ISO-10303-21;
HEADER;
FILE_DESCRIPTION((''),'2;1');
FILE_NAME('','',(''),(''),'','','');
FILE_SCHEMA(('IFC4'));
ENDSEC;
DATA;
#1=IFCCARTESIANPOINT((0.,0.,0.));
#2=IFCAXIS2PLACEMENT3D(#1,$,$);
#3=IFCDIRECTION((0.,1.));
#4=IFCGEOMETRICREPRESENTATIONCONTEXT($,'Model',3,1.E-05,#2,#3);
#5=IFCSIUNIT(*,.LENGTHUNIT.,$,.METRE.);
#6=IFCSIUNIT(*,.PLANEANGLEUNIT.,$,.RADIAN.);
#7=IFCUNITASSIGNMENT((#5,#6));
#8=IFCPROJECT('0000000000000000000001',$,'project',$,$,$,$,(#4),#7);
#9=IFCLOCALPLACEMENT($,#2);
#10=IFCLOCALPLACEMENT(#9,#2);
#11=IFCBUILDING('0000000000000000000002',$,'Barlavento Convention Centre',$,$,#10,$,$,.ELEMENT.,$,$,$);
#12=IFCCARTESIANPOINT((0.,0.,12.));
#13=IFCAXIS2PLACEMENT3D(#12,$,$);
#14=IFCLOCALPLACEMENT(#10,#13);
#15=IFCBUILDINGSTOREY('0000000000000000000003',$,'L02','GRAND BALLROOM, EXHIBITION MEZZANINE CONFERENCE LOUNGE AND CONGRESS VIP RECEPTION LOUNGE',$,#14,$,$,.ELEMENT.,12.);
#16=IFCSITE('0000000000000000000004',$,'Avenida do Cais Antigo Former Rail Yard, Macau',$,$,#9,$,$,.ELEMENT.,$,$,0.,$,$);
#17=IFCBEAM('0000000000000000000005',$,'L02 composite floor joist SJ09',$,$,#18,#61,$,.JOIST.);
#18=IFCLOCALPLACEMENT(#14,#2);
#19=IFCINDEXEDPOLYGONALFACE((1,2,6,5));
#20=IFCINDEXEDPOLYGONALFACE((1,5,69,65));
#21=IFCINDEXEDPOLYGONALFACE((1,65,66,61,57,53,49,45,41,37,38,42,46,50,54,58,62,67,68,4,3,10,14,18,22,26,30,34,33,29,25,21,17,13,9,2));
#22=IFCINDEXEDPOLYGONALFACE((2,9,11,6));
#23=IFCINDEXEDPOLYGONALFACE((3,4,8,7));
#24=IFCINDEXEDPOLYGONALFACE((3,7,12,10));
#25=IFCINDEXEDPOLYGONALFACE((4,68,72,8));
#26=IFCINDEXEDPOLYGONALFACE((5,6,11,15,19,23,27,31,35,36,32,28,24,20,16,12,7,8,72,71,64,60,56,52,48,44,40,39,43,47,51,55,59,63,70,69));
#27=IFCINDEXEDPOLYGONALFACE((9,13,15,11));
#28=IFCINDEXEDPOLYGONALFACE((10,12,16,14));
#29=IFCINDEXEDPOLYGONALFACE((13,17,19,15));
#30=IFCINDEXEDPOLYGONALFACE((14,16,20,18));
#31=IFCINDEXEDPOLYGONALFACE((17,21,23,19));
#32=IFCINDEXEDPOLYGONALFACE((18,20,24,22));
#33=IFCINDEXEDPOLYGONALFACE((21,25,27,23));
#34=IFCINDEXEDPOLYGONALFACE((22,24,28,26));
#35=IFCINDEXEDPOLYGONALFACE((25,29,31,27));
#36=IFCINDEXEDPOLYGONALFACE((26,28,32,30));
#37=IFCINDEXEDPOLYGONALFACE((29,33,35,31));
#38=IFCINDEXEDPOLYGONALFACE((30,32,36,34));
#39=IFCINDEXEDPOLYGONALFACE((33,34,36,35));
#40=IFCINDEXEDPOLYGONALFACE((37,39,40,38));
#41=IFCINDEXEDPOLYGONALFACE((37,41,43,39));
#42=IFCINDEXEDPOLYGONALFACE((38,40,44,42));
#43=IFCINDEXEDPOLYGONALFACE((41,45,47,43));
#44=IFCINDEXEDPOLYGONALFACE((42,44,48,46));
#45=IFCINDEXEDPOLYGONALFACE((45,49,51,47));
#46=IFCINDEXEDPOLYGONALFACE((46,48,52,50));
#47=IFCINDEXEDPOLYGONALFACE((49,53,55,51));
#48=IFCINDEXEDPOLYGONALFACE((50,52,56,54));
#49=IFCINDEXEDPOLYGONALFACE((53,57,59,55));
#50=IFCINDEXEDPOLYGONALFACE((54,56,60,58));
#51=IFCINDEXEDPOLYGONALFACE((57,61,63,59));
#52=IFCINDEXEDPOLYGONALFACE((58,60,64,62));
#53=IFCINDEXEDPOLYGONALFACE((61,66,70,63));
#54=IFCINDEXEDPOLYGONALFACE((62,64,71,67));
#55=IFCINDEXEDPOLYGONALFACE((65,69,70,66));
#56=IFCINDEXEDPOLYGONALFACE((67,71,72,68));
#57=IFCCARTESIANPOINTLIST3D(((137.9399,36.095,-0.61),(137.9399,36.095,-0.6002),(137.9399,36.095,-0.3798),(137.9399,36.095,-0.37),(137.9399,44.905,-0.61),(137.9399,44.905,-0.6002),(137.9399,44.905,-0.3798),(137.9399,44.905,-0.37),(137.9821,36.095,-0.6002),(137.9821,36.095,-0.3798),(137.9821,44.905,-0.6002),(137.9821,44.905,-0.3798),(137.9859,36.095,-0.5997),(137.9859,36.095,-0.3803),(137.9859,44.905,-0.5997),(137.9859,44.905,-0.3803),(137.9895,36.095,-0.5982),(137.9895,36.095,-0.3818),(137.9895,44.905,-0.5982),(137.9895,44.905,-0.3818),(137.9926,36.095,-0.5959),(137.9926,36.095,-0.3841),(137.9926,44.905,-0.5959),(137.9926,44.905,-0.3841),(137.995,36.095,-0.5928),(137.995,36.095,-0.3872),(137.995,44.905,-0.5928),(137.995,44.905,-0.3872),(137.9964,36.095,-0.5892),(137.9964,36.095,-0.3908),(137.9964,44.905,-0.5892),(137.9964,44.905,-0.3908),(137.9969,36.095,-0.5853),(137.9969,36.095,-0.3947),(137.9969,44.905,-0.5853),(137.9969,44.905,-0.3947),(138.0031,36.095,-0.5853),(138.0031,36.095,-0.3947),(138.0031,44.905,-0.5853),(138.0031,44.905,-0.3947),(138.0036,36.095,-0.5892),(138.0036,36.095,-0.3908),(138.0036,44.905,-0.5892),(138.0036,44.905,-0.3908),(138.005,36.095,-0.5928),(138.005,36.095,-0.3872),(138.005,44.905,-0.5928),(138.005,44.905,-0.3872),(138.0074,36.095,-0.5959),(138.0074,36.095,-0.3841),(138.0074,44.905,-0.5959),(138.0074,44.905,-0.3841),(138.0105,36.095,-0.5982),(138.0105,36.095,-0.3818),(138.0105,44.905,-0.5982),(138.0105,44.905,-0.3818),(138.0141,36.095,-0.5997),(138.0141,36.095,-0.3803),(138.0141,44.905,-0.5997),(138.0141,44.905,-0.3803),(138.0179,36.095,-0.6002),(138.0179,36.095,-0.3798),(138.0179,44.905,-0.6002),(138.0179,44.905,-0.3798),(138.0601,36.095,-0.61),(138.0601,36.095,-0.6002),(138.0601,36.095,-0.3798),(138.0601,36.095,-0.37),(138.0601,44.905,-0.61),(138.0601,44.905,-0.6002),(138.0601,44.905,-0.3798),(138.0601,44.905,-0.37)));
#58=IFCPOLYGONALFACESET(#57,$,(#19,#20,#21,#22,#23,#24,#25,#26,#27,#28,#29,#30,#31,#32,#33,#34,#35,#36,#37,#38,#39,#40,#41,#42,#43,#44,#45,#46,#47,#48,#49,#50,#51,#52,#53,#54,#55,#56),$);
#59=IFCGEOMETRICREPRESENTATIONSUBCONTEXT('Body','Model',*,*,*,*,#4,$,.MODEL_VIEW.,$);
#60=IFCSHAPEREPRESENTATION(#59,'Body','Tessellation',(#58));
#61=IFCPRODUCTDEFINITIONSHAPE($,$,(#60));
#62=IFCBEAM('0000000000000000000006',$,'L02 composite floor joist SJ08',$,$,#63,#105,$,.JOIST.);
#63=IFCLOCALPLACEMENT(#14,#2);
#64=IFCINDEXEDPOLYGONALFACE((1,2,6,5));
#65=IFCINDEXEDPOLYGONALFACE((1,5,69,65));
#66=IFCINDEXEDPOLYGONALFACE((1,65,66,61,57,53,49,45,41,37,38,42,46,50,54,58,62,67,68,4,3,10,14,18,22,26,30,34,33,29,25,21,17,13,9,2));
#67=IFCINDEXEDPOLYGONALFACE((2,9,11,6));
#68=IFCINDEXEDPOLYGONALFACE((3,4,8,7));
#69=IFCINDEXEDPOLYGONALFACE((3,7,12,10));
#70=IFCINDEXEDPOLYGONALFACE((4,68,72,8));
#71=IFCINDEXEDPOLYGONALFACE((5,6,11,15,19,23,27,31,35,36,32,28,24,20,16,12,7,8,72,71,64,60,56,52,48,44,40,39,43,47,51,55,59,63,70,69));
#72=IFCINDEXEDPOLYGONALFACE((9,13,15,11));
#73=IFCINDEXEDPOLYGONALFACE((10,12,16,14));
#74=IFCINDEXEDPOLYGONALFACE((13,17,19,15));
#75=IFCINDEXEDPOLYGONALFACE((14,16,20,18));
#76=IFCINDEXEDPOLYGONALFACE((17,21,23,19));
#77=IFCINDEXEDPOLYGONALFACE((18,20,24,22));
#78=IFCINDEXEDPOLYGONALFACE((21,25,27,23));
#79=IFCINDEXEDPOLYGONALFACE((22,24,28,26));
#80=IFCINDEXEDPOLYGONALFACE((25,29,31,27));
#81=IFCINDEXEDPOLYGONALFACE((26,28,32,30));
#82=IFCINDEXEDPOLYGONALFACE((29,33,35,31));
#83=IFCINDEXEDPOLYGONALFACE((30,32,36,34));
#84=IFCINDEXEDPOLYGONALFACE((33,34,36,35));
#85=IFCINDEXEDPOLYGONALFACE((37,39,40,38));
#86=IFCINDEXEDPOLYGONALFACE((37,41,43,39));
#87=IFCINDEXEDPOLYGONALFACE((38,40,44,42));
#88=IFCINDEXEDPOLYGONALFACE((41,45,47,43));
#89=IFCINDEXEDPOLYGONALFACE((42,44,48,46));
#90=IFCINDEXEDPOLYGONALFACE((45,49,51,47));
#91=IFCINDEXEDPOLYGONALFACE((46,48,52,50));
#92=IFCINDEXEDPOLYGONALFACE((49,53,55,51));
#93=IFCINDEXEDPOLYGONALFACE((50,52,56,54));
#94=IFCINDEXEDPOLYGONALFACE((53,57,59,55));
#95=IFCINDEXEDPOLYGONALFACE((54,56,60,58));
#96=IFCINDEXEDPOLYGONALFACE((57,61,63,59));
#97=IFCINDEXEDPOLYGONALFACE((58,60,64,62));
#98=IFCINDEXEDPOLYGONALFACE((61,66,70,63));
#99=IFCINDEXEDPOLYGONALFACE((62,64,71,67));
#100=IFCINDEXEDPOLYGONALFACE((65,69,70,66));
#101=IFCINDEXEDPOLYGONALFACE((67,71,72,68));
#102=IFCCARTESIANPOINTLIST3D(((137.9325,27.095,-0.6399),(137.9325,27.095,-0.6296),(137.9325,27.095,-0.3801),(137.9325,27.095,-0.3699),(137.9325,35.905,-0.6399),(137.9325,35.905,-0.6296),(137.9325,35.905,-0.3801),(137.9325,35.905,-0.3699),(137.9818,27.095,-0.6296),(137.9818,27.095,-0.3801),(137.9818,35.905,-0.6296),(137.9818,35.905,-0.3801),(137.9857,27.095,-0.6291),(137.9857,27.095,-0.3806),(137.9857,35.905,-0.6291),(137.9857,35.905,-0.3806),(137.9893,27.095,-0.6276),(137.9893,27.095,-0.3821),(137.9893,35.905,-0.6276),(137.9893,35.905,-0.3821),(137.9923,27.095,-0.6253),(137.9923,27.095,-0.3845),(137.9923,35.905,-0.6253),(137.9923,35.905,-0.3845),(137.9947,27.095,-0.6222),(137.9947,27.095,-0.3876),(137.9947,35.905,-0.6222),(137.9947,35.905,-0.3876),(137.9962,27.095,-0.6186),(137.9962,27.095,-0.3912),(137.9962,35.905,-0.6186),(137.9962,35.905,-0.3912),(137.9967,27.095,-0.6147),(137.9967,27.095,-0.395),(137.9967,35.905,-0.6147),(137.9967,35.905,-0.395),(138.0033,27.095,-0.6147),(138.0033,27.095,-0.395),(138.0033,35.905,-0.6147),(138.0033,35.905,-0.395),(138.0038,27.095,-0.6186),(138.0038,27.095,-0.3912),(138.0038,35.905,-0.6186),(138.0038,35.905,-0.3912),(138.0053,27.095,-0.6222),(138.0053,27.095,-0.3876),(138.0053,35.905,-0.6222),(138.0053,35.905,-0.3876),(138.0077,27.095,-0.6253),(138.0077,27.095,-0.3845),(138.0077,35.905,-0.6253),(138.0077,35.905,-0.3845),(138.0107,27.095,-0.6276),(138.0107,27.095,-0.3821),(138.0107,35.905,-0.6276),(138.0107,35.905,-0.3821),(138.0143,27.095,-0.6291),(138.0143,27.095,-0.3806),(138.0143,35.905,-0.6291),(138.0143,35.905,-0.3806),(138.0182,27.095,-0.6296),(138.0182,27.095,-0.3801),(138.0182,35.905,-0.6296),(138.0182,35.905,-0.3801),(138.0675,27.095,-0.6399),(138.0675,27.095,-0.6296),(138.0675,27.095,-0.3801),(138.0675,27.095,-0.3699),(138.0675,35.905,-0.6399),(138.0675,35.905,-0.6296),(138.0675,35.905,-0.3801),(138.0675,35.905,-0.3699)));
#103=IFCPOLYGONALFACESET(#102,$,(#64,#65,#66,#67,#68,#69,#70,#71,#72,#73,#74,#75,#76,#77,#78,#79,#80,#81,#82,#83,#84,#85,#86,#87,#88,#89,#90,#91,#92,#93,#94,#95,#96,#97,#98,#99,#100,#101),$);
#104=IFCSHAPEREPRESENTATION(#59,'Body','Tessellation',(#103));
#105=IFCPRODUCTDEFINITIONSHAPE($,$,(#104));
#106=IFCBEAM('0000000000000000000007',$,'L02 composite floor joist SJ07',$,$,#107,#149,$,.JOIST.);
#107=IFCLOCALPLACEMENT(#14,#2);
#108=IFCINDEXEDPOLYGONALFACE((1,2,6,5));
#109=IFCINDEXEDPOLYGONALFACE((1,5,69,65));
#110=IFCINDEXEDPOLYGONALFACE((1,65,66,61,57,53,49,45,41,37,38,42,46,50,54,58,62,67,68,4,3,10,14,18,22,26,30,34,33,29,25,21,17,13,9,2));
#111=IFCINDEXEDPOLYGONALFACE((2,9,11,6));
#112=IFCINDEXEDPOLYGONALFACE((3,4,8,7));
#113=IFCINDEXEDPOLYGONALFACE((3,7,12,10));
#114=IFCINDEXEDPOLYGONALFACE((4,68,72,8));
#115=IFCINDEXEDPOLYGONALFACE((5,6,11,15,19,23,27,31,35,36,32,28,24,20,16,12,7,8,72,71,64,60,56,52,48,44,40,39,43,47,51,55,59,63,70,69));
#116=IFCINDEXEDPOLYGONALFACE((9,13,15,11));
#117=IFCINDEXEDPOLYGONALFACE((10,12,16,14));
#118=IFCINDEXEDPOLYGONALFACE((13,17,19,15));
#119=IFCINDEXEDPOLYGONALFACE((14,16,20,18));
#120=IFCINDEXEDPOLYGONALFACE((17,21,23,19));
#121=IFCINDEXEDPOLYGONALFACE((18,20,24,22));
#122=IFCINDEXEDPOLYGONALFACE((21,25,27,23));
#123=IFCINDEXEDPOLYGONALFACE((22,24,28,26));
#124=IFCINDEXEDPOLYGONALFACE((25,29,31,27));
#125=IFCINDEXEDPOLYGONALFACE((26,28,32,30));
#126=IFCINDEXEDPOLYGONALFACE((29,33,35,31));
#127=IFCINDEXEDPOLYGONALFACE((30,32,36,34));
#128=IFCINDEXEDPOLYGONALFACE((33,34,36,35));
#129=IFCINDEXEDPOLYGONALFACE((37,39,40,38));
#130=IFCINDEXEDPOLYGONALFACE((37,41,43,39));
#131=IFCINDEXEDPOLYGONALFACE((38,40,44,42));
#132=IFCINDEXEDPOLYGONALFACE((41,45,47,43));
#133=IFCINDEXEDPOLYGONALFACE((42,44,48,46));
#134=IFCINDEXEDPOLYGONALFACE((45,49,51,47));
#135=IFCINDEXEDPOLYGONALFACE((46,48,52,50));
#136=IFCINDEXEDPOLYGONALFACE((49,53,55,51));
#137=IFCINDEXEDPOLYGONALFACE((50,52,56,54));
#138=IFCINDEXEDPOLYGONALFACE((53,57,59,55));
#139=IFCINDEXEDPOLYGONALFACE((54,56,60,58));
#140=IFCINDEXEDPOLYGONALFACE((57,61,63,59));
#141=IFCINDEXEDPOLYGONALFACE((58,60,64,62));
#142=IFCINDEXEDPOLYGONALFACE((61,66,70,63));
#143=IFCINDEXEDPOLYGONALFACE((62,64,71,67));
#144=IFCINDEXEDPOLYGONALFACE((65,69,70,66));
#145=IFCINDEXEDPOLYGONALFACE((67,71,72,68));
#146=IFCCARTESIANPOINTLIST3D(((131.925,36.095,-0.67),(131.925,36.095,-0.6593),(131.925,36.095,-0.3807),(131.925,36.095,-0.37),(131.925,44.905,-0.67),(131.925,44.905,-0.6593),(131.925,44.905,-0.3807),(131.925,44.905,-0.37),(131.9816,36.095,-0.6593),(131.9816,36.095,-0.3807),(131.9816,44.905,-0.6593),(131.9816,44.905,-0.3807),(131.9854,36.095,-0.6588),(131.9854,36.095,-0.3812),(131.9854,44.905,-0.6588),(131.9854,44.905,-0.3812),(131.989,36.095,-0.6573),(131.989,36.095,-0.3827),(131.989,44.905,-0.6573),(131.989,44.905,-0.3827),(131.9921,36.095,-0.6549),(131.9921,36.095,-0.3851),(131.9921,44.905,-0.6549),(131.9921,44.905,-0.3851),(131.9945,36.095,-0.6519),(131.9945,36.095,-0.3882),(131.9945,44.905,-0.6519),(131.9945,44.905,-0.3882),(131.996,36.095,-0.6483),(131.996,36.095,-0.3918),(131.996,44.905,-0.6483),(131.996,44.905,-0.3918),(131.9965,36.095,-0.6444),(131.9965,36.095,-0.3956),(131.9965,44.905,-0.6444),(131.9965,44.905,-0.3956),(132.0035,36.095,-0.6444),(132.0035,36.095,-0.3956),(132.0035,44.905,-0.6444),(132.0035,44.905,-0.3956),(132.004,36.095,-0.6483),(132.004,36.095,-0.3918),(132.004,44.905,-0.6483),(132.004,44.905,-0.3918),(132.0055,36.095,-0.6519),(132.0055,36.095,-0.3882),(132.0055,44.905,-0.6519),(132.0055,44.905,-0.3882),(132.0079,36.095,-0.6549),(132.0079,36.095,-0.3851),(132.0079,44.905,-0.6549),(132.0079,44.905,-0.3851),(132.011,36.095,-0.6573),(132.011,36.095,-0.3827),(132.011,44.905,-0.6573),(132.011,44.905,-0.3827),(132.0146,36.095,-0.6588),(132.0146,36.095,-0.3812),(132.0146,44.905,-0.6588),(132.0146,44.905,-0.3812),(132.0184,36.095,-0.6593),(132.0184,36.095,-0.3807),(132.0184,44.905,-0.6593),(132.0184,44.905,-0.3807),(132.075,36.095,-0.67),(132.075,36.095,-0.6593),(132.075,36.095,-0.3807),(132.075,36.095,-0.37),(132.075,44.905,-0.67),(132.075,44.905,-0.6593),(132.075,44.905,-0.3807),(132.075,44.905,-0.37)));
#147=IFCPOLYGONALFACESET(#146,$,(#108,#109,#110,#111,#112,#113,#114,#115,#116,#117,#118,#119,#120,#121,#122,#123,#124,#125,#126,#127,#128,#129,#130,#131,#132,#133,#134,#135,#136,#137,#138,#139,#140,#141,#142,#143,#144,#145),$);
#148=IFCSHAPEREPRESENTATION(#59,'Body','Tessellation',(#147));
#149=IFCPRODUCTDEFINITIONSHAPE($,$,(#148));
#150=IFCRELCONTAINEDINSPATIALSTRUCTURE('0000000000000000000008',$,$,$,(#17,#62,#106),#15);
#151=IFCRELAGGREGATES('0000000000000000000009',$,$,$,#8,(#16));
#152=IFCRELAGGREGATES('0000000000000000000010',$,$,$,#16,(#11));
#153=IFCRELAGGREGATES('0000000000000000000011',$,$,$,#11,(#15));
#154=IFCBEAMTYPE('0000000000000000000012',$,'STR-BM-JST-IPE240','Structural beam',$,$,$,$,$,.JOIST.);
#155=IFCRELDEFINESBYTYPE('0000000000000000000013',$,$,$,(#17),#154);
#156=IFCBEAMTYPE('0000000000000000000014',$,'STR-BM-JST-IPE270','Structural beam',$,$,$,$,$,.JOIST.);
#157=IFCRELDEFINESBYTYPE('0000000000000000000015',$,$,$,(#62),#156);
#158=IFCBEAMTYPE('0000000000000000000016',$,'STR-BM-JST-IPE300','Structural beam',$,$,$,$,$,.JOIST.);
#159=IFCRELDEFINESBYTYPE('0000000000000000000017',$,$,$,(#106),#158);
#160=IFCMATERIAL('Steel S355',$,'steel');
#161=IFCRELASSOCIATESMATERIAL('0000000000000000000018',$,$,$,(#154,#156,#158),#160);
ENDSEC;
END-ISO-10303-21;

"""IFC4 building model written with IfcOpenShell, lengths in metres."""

from ifc_helpers import new_model, si_unit, direction, frame, origin, origin_2d, place, context, subcontext, project, spatial, i_section, extrude, material, material_profile, profile_set, type_object, element, save


model = new_model("IFC4")

# Units and contexts
model_context = context("Model", 3, precision=1e-05, world=origin(), true_north=direction((0.0, 1.0)))
body_context = subcontext(model_context, "Body", "Model", "MODEL_VIEW")
ifc_project = project(units=[si_unit("LENGTHUNIT", "METRE"), si_unit("PLANEANGLEUNIT", "RADIAN")], contexts=[model_context])

# Site, building, storey
site_placement = place(None, origin())
site = spatial("IfcSite", under=ifc_project, at=site_placement, Name="Avenida do Cais Antigo Former Rail Yard, Macau", CompositionType="ELEMENT", RefElevation=0.0)
building_placement = place(site_placement, origin())
building = spatial("IfcBuilding", under=site, at=building_placement, Name="Barlavento Convention Centre", CompositionType="ELEMENT")
storey_placement = place(building_placement, frame((0.0, 0.0, 12.0)))
storey = spatial("IfcBuildingStorey", under=building, at=storey_placement, Name="L02", Description="GRAND BALLROOM, EXHIBITION MEZZANINE CONFERENCE LOUNGE AND CONGRESS VIP RECEPTION LOUNGE", CompositionType="ELEMENT", Elevation=12.0)

# Shared definitions
ifc_material_1 = material(Name="Steel S355", Category="steel")

# Beams
ifc_material_profile_1 = material_profile(ifc_material_1, i_section(OverallWidth=0.1201, OverallDepth=0.24, WebThickness=0.0061, FlangeThickness=0.0098, FilletRadius=0.0149, at=origin_2d()), Name="IPE 240")
ifc_profile_set_1 = profile_set([ifc_material_profile_1], Name="Steel S355")
beam_type_1 = type_object("IfcBeamType", Name="STR-BM-JST-IPE240", Description="Structural beam", PredefinedType="JOIST", material=ifc_profile_set_1)
for number, where, z_axis, x_axis, name in (
    (1, (138.0, 36.095, -0.49), (0.0, 1.0, 0.0), (-1.0, 0.0, 0.0), "L02 composite floor joist SJ09"),
):
    element("IfcBeam", number, at=place(storey_placement, frame(where, z_axis=z_axis, x_axis=x_axis)), inside=storey, type_object=beam_type_1, Name=name, PredefinedType="JOIST", context=body_context, shape_type="SweptSolid", body=[
        extrude(i_section(OverallWidth=0.1201, OverallDepth=0.24, WebThickness=0.0061, FlangeThickness=0.0098, FilletRadius=0.0149, at=origin_2d()), origin(), (0.0, 0.0, 1.0), 8.8101),
    ])
ifc_material_profile_2 = material_profile(ifc_material_1, i_section(OverallWidth=0.135, OverallDepth=0.27, WebThickness=0.0066, FlangeThickness=0.0103, FilletRadius=0.0149, at=origin_2d()), Name="IPE 270")
ifc_profile_set_2 = profile_set([ifc_material_profile_2], Name="Steel S355")
beam_type_2 = type_object("IfcBeamType", Name="STR-BM-JST-IPE270", Description="Structural beam", PredefinedType="JOIST", material=ifc_profile_set_2)
beam_1_placement = place(storey_placement, frame((138.0, 27.095, -0.5049), z_axis=(0.0, 1.0, 0.0), x_axis=(-1.0, 0.0, 0.0)))
element("IfcBeam", 2, at=beam_1_placement, inside=storey, type_object=beam_type_2, Name="L02 composite floor joist SJ08", PredefinedType="JOIST", context=body_context, shape_type="SweptSolid", body=[
    extrude(i_section(OverallWidth=0.135, OverallDepth=0.27, WebThickness=0.0066, FlangeThickness=0.0103, FilletRadius=0.0149, at=origin_2d()), origin(), (0.0, 0.0, 1.0), 8.8101),
])
ifc_material_profile_3 = material_profile(ifc_material_1, i_section(OverallWidth=0.1499, OverallDepth=0.3, WebThickness=0.0071, FlangeThickness=0.0107, FilletRadius=0.0149, at=origin_2d()), Name="IPE 300")
ifc_profile_set_3 = profile_set([ifc_material_profile_3], Name="Steel S355")
beam_type_3 = type_object("IfcBeamType", Name="STR-BM-JST-IPE300", Description="Structural beam", PredefinedType="JOIST", material=ifc_profile_set_3)
beam_2_placement = place(storey_placement, frame((132.0, 36.095, -0.52), z_axis=(0.0, 1.0, 0.0), x_axis=(-1.0, 0.0, 0.0)))
element("IfcBeam", 3, at=beam_2_placement, inside=storey, type_object=beam_type_3, Name="L02 composite floor joist SJ07", PredefinedType="JOIST", context=body_context, shape_type="SweptSolid", body=[
    extrude(i_section(OverallWidth=0.1499, OverallDepth=0.3, WebThickness=0.0071, FlangeThickness=0.0107, FilletRadius=0.0149, at=origin_2d()), origin(), (0.0, 0.0, 1.0), 8.8101),
])

save(model, "model.ifc")
